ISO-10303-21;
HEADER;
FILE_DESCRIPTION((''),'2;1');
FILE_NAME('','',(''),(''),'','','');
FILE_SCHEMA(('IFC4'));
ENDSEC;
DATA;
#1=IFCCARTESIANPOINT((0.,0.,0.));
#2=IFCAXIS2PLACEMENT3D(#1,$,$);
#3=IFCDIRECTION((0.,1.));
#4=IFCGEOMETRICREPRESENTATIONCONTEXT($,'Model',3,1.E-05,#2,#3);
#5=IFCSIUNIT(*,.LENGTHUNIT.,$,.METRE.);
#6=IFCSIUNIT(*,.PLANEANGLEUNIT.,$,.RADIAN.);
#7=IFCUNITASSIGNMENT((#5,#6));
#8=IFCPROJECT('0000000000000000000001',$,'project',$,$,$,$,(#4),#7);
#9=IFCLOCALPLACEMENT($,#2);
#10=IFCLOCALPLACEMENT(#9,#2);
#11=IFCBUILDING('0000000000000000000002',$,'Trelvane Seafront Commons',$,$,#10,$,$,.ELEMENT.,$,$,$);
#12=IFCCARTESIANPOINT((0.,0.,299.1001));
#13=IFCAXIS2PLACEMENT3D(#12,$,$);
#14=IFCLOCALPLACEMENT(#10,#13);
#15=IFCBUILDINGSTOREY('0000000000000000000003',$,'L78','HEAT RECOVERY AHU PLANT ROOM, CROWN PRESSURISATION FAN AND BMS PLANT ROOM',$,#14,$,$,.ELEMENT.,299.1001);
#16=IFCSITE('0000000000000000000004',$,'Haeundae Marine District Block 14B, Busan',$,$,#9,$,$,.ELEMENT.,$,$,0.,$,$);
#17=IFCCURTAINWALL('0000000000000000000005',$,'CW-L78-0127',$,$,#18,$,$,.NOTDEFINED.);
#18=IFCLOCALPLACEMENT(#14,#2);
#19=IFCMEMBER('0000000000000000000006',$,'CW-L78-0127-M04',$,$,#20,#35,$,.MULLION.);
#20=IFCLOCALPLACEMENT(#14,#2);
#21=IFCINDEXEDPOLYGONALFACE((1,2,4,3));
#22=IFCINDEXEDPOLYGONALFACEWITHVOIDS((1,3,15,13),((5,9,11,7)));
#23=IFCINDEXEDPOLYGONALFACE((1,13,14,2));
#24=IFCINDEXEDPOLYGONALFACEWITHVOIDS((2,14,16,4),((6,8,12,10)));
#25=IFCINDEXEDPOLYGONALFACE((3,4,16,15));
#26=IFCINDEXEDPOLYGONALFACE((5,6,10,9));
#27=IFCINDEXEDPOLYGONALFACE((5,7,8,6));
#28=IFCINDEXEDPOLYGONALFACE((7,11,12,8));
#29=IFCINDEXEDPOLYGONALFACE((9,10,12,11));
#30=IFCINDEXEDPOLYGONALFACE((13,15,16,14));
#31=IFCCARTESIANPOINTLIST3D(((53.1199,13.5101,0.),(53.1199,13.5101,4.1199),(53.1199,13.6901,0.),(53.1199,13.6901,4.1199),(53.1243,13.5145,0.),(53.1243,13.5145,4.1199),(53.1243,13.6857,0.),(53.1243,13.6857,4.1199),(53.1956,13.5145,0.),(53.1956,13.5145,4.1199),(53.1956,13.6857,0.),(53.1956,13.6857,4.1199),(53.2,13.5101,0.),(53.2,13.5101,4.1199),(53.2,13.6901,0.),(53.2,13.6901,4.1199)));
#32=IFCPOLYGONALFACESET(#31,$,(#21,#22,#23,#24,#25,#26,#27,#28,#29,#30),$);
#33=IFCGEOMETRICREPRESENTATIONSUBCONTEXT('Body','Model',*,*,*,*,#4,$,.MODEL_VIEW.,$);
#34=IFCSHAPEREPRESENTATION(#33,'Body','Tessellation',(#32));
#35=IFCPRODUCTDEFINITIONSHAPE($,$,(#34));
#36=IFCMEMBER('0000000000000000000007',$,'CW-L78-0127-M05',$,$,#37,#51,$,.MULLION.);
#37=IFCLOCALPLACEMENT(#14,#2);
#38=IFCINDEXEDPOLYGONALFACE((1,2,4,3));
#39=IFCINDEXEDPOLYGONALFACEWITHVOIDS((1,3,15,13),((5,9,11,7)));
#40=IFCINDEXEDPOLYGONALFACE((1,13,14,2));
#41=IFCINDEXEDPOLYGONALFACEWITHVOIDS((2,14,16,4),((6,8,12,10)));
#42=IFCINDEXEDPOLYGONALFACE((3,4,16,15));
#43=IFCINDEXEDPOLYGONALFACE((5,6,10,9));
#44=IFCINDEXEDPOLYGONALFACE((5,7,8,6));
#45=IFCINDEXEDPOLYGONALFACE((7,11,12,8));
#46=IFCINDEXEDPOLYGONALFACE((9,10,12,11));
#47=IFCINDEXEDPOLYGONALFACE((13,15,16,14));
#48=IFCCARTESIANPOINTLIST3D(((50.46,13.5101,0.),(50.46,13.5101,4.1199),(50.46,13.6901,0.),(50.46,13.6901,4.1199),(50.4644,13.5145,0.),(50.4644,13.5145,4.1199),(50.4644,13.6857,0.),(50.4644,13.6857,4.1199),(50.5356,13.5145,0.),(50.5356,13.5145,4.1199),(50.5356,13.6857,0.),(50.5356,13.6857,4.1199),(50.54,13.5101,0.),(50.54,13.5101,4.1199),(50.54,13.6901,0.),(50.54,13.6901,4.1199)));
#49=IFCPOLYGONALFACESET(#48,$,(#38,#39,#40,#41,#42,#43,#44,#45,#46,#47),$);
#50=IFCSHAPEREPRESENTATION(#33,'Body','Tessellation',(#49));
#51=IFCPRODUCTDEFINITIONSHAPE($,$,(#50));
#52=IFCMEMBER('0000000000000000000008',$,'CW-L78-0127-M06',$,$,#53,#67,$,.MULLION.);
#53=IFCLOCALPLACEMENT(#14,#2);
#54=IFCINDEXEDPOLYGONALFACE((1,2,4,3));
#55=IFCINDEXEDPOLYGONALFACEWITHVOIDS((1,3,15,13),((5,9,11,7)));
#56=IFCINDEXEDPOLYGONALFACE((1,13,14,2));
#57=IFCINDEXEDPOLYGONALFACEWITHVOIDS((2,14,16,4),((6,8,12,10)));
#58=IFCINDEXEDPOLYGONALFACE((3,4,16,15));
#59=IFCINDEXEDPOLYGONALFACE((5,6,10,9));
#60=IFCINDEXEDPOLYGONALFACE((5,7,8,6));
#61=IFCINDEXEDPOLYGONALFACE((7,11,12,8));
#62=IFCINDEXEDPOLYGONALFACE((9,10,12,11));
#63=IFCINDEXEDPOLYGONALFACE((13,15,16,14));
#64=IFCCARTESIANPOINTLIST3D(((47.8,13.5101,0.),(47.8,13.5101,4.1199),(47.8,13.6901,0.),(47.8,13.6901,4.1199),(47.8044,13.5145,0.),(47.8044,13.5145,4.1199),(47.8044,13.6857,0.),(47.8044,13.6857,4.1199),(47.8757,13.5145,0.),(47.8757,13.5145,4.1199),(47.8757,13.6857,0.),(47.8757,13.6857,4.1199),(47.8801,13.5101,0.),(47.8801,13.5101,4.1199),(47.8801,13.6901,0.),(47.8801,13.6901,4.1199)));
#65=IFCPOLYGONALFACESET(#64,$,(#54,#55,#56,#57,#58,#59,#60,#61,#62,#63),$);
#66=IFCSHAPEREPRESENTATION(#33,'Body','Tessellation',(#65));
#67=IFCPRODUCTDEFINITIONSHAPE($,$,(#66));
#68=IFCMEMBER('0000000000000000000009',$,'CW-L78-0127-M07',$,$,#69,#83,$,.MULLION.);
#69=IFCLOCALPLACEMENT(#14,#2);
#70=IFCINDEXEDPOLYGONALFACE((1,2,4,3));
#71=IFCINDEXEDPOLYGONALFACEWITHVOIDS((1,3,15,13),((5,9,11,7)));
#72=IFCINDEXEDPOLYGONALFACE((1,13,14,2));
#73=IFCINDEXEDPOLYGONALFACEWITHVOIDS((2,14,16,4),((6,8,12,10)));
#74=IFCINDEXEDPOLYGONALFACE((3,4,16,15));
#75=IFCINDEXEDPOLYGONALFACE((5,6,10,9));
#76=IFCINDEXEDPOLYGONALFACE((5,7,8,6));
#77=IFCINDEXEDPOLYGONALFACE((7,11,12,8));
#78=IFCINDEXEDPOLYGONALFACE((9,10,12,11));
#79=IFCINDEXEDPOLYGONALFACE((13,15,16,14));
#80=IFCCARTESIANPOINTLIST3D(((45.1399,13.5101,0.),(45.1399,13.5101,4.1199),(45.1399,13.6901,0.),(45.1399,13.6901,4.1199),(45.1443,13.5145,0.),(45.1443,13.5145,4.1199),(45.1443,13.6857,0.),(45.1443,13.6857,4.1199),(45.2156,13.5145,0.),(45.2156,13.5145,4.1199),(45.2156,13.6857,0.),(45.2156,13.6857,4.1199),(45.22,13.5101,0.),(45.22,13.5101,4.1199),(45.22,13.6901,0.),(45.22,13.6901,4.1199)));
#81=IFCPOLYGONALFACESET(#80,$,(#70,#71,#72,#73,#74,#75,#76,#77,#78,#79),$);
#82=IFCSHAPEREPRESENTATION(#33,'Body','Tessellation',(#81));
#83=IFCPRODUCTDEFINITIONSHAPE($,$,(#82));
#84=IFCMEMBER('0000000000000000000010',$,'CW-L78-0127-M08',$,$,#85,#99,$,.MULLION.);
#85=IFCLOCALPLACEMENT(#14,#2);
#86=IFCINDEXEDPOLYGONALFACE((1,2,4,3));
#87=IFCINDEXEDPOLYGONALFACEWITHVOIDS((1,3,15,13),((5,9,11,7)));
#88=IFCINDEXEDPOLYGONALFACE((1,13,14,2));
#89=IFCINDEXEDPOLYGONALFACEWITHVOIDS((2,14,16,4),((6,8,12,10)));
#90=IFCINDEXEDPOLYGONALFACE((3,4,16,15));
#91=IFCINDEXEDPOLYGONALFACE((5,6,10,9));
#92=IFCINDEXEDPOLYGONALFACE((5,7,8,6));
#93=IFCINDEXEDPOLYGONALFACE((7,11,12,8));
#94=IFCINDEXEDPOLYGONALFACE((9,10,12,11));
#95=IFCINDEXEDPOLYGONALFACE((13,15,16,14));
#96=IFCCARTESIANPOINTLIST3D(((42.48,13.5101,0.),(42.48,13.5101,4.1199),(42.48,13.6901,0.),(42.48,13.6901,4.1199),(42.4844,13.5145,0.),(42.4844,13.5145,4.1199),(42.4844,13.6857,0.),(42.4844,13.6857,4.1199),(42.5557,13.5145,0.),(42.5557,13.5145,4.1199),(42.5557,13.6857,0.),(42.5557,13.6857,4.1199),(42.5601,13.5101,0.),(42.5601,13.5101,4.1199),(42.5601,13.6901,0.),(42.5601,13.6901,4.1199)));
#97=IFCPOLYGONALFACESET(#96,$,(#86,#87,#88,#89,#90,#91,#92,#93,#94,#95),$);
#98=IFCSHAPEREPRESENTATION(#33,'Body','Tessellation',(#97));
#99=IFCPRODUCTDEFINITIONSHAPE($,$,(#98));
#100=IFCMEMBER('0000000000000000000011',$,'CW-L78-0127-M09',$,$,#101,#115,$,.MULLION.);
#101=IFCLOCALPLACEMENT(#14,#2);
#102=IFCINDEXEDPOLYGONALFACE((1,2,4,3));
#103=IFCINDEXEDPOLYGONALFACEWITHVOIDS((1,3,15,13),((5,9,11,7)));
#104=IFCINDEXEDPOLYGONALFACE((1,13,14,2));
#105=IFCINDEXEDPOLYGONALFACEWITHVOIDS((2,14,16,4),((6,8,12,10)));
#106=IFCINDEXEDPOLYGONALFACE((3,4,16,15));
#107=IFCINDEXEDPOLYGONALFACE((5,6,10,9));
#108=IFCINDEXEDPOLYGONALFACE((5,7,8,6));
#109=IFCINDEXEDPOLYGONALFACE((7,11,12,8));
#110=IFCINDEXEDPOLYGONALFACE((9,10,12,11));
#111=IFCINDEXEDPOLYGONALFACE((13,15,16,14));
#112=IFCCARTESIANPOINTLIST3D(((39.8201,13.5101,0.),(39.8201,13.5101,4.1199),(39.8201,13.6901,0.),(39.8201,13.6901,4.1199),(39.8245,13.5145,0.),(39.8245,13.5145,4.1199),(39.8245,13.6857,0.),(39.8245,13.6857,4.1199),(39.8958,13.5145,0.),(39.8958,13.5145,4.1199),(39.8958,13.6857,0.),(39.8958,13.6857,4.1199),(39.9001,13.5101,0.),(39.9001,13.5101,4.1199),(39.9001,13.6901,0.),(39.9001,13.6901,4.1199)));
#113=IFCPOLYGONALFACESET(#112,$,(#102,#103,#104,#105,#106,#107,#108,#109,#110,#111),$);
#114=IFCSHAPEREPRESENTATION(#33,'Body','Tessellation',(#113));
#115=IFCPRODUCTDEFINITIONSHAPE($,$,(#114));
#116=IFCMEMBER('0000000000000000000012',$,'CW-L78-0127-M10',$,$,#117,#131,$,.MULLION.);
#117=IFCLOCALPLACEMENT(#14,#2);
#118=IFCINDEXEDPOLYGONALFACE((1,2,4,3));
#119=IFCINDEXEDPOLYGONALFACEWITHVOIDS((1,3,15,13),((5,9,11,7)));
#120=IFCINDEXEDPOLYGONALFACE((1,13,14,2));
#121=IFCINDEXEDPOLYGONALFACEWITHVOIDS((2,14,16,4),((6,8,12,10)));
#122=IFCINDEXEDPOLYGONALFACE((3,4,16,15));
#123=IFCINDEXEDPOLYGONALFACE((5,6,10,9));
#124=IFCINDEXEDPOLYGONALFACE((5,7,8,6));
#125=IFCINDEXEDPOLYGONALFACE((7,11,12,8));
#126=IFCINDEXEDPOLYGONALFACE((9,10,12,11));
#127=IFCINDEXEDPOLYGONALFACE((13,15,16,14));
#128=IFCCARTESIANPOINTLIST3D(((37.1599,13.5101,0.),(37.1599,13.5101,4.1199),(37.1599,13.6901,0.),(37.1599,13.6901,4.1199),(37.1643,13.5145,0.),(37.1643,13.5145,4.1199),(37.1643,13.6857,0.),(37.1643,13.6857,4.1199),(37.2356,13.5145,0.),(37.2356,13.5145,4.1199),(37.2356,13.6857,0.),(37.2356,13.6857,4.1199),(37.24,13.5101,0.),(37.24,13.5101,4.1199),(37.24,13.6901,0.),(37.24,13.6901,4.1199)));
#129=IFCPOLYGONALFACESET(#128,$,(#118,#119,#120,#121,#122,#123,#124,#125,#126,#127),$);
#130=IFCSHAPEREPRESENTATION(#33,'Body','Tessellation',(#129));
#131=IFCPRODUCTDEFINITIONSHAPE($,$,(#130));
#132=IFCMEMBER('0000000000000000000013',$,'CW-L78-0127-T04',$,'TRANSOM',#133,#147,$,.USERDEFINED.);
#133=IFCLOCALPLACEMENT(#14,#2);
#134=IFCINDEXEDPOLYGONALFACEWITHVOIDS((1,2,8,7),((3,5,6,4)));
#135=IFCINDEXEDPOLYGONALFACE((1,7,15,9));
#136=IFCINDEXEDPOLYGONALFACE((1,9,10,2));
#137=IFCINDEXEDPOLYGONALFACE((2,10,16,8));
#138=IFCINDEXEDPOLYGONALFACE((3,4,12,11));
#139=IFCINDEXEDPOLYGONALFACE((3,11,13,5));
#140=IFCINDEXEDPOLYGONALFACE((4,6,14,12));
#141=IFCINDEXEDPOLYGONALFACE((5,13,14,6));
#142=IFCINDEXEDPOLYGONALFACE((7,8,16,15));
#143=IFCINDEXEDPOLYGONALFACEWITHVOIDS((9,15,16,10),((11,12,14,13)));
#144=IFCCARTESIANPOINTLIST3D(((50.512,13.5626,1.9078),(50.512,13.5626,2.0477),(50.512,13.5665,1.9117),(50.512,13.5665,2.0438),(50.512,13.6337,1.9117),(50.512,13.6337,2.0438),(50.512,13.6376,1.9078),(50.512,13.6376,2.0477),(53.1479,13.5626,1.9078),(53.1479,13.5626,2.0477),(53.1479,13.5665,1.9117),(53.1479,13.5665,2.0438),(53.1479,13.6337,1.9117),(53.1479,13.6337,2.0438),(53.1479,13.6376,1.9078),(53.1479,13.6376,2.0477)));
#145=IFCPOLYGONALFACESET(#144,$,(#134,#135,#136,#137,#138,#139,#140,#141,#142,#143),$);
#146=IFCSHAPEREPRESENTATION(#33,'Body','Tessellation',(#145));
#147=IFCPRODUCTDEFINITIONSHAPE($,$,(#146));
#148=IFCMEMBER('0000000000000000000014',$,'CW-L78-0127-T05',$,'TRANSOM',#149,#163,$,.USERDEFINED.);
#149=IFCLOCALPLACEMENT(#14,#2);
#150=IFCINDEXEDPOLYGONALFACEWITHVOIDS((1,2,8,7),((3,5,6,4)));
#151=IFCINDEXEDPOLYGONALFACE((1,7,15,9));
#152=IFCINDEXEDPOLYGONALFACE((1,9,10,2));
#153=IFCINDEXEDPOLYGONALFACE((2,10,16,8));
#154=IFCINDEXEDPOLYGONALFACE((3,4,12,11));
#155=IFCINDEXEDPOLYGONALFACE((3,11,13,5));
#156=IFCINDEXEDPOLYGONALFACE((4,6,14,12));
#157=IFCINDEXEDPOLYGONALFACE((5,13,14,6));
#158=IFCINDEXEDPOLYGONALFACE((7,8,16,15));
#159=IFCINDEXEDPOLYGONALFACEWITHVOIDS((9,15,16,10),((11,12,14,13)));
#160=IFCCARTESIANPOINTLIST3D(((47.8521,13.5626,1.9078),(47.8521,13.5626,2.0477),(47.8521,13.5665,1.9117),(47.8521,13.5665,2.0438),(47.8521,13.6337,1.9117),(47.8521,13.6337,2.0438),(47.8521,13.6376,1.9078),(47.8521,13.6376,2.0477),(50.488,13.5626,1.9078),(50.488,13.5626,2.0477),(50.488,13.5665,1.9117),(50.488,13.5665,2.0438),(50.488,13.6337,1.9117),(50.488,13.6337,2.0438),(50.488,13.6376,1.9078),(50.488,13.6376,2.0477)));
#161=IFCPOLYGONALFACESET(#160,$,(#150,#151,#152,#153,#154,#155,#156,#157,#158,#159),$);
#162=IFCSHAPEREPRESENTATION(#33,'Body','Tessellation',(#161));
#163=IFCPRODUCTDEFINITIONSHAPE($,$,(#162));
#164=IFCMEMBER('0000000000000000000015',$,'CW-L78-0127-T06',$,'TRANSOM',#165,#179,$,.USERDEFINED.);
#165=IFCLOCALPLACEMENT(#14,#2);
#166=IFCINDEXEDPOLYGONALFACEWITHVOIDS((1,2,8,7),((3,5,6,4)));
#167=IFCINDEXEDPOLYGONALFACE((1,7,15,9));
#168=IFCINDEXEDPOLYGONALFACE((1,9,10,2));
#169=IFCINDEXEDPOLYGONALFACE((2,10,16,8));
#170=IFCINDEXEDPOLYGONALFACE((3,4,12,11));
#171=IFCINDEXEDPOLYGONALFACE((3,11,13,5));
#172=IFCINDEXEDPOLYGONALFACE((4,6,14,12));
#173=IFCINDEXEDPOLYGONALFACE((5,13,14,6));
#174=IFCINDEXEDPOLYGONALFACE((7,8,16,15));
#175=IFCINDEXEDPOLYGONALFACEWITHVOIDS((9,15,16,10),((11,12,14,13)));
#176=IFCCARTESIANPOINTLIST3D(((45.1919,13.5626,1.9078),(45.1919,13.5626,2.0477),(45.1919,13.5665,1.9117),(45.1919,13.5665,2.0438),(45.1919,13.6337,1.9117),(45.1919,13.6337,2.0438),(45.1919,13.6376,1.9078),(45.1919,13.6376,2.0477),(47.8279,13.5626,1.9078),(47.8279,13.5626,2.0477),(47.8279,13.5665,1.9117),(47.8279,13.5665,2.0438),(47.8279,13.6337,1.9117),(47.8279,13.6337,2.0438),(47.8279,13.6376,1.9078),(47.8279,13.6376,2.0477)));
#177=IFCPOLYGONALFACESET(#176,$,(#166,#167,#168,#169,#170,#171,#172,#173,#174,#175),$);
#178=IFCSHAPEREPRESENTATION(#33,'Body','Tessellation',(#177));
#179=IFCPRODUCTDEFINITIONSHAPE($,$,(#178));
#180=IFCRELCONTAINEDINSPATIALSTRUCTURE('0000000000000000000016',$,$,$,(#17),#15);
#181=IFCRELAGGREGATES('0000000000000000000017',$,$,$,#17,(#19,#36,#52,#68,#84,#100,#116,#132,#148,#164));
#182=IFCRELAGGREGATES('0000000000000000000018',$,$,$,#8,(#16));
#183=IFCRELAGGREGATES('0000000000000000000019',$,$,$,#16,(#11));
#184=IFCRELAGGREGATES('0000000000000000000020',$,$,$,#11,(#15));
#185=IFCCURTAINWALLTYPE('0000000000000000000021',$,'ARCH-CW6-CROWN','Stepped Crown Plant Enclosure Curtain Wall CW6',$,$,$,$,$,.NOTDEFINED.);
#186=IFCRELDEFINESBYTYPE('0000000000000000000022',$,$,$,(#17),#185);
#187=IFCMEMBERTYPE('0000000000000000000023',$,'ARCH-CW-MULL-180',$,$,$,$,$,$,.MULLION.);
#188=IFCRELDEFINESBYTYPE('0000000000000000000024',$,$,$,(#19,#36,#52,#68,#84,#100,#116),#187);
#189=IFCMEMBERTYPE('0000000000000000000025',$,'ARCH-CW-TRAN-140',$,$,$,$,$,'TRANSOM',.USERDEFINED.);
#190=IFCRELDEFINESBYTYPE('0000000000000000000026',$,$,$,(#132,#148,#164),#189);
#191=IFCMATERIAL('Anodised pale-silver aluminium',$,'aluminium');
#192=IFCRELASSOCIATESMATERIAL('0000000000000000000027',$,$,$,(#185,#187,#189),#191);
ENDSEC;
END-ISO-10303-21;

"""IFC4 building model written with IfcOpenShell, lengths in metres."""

from ifc_helpers import new_model, si_unit, direction, frame, origin, origin_2d, place, context, subcontext, project, spatial, hollow_rectangle, extrude, source, transform, mapped, material, material_profile, profile_set, type_object, element, aggregate, save


model = new_model("IFC4")

# Units and contexts
model_context = context("Model", 3, precision=1e-05, world=origin(), true_north=direction((0.0, 1.0)))
body_context = subcontext(model_context, "Body", "Model", "MODEL_VIEW")
ifc_project = project(units=[si_unit("LENGTHUNIT", "METRE"), si_unit("PLANEANGLEUNIT", "RADIAN")], contexts=[model_context])

# Site, building, storey
site_placement = place(None, origin())
site = spatial("IfcSite", under=ifc_project, at=site_placement, Name="Haeundae Marine District Block 14B, Busan", CompositionType="ELEMENT", RefElevation=0.0)
building_placement = place(site_placement, origin())
building = spatial("IfcBuilding", under=site, at=building_placement, Name="Trelvane Seafront Commons", CompositionType="ELEMENT")
storey_placement = place(building_placement, frame((0.0, 0.0, 299.1001)))
storey = spatial("IfcBuildingStorey", under=building, at=storey_placement, Name="L78", Description="HEAT RECOVERY AHU PLANT ROOM, CROWN PRESSURISATION FAN AND BMS PLANT ROOM", CompositionType="ELEMENT", Elevation=299.1001)

# Curtain wall, members
ifc_material_1 = material(Name="Anodised pale-silver aluminium", Category="aluminium")
curtain_wall_type = type_object("IfcCurtainWallType", Name="ARCH-CW6-CROWN", Description="Stepped Crown Plant Enclosure Curtain Wall CW6", PredefinedType="NOTDEFINED", material=ifc_material_1)
curtain_wall_placement = place(storey_placement, origin())
curtain_wall = element("IfcCurtainWall", 1, at=curtain_wall_placement, inside=storey, type_object=curtain_wall_type, Name="CW-L78-0127", PredefinedType="NOTDEFINED")
ifc_material_profile_1 = material_profile(ifc_material_1, hollow_rectangle(XDim=0.0801, YDim=0.1799, WallThickness=0.0044, at=origin_2d()), Name="MULL-80x180x4.5")
ifc_profile_set_1 = profile_set([ifc_material_profile_1], Name="Anodised pale-silver aluminium")
member_type_1 = type_object("IfcMemberType", Name="ARCH-CW-MULL-180", PredefinedType="MULLION", material=ifc_profile_set_1)
shared_shape_1 = source(origin(), body_context, "Body", "SweptSolid", [
    extrude(hollow_rectangle(XDim=0.0801, YDim=0.1799, WallThickness=0.0044, at=origin_2d()), origin(), (0.0, 0.0, 1.0), 4.1199),
])
member_1_placement = place(storey_placement, frame((53.1599, 13.6001, 0.0), z_axis=(0.0, 0.0, 1.0), x_axis=(1.0, 0.0, 0.0)))
member_1 = element("IfcMember", 2, at=member_1_placement, type_object=member_type_1, Name="CW-L78-0127-M04", PredefinedType="MULLION", context=body_context, shape_type="MappedRepresentation", body=[
    mapped(shared_shape_1, transform((0.0, 0.0, 0.0), x_axis=(1.0, 0.0, 0.0), y_axis=(0.0, 1.0, 0.0), z_axis=(0.0, 0.0, 1.0), scale=1.0)),
])
member_2_placement = place(storey_placement, frame((50.5, 13.6001, 0.0), z_axis=(0.0, 0.0, 1.0), x_axis=(1.0, 0.0, 0.0)))
member_2 = element("IfcMember", 3, at=member_2_placement, type_object=member_type_1, Name="CW-L78-0127-M05", PredefinedType="MULLION", context=body_context, shape_type="MappedRepresentation", body=[
    mapped(shared_shape_1, transform((0.0, 0.0, 0.0), x_axis=(1.0, 0.0, 0.0), y_axis=(0.0, 1.0, 0.0), z_axis=(0.0, 0.0, 1.0), scale=1.0)),
])
member_3_placement = place(storey_placement, frame((47.8401, 13.6001, 0.0), z_axis=(0.0, 0.0, 1.0), x_axis=(1.0, 0.0, 0.0)))
member_3 = element("IfcMember", 4, at=member_3_placement, type_object=member_type_1, Name="CW-L78-0127-M06", PredefinedType="MULLION", context=body_context, shape_type="MappedRepresentation", body=[
    mapped(shared_shape_1, transform((0.0, 0.0, 0.0), x_axis=(1.0, 0.0, 0.0), y_axis=(0.0, 1.0, 0.0), z_axis=(0.0, 0.0, 1.0), scale=1.0)),
])
member_4_placement = place(storey_placement, frame((45.1799, 13.6001, 0.0), z_axis=(0.0, 0.0, 1.0), x_axis=(1.0, 0.0, 0.0)))
member_4 = element("IfcMember", 5, at=member_4_placement, type_object=member_type_1, Name="CW-L78-0127-M07", PredefinedType="MULLION", context=body_context, shape_type="MappedRepresentation", body=[
    mapped(shared_shape_1, transform((0.0, 0.0, 0.0), x_axis=(1.0, 0.0, 0.0), y_axis=(0.0, 1.0, 0.0), z_axis=(0.0, 0.0, 1.0), scale=1.0)),
])
member_5_placement = place(storey_placement, frame((42.52, 13.6001, 0.0), z_axis=(0.0, 0.0, 1.0), x_axis=(1.0, 0.0, 0.0)))
member_5 = element("IfcMember", 6, at=member_5_placement, type_object=member_type_1, Name="CW-L78-0127-M08", PredefinedType="MULLION", context=body_context, shape_type="MappedRepresentation", body=[
    mapped(shared_shape_1, transform((0.0, 0.0, 0.0), x_axis=(1.0, 0.0, 0.0), y_axis=(0.0, 1.0, 0.0), z_axis=(0.0, 0.0, 1.0), scale=1.0)),
])
member_6_placement = place(storey_placement, frame((39.8601, 13.6001, 0.0), z_axis=(0.0, 0.0, 1.0), x_axis=(1.0, 0.0, 0.0)))
member_6 = element("IfcMember", 7, at=member_6_placement, type_object=member_type_1, Name="CW-L78-0127-M09", PredefinedType="MULLION", context=body_context, shape_type="MappedRepresentation", body=[
    mapped(shared_shape_1, transform((0.0, 0.0, 0.0), x_axis=(1.0, 0.0, 0.0), y_axis=(0.0, 1.0, 0.0), z_axis=(0.0, 0.0, 1.0), scale=1.0)),
])
member_7_placement = place(storey_placement, frame((37.2, 13.6001, 0.0), z_axis=(0.0, 0.0, 1.0), x_axis=(1.0, 0.0, 0.0)))
member_7 = element("IfcMember", 8, at=member_7_placement, type_object=member_type_1, Name="CW-L78-0127-M10", PredefinedType="MULLION", context=body_context, shape_type="MappedRepresentation", body=[
    mapped(shared_shape_1, transform((0.0, 0.0, 0.0), x_axis=(1.0, 0.0, 0.0), y_axis=(0.0, 1.0, 0.0), z_axis=(0.0, 0.0, 1.0), scale=1.0)),
])
ifc_material_profile_2 = material_profile(ifc_material_1, hollow_rectangle(XDim=0.075, YDim=0.1399, WallThickness=0.0039, at=origin_2d()), Name="TRAN-75x140x4")
ifc_profile_set_2 = profile_set([ifc_material_profile_2], Name="Anodised pale-silver aluminium")
member_type_2 = type_object("IfcMemberType", Name="ARCH-CW-TRAN-140", ElementType="TRANSOM", PredefinedType="USERDEFINED", material=ifc_profile_set_2)
shared_shape_2 = source(origin(), body_context, "Body", "SweptSolid", [
    extrude(hollow_rectangle(XDim=0.075, YDim=0.1399, WallThickness=0.0039, at=origin_2d()), origin(), (0.0, 0.0, 1.0), 2.636),
])
member_8_placement = place(storey_placement, frame((53.1479, 13.6001, 1.9778), z_axis=(-1.0, 0.0, 0.0), x_axis=(0.0, -1.0, 0.0)))
member_8 = element("IfcMember", 9, at=member_8_placement, type_object=member_type_2, Name="CW-L78-0127-T04", ObjectType="TRANSOM", PredefinedType="USERDEFINED", context=body_context, shape_type="MappedRepresentation", body=[
    mapped(shared_shape_2, transform((0.0, 0.0, 0.0), x_axis=(1.0, 0.0, 0.0), y_axis=(0.0, 1.0, 0.0), z_axis=(0.0, 0.0, 1.0), scale=1.0)),
])
member_9_placement = place(storey_placement, frame((50.488, 13.6001, 1.9778), z_axis=(-1.0, 0.0, 0.0), x_axis=(0.0, -1.0, 0.0)))
member_9 = element("IfcMember", 10, at=member_9_placement, type_object=member_type_2, Name="CW-L78-0127-T05", ObjectType="TRANSOM", PredefinedType="USERDEFINED", context=body_context, shape_type="MappedRepresentation", body=[
    mapped(shared_shape_2, transform((0.0, 0.0, 0.0), x_axis=(1.0, 0.0, 0.0), y_axis=(0.0, 1.0, 0.0), z_axis=(0.0, 0.0, 1.0), scale=1.0)),
])
member_10_placement = place(storey_placement, frame((47.8279, 13.6001, 1.9778), z_axis=(-1.0, 0.0, 0.0), x_axis=(0.0, -1.0, 0.0)))
member_10 = element("IfcMember", 11, at=member_10_placement, type_object=member_type_2, Name="CW-L78-0127-T06", ObjectType="TRANSOM", PredefinedType="USERDEFINED", context=body_context, shape_type="MappedRepresentation", body=[
    mapped(shared_shape_2, transform((0.0, 0.0, 0.0), x_axis=(1.0, 0.0, 0.0), y_axis=(0.0, 1.0, 0.0), z_axis=(0.0, 0.0, 1.0), scale=1.0)),
])
aggregate(curtain_wall, [member_1, member_2, member_3, member_4, member_5, member_6, member_7, member_8, member_9, member_10])

save(model, "model.ifc")
